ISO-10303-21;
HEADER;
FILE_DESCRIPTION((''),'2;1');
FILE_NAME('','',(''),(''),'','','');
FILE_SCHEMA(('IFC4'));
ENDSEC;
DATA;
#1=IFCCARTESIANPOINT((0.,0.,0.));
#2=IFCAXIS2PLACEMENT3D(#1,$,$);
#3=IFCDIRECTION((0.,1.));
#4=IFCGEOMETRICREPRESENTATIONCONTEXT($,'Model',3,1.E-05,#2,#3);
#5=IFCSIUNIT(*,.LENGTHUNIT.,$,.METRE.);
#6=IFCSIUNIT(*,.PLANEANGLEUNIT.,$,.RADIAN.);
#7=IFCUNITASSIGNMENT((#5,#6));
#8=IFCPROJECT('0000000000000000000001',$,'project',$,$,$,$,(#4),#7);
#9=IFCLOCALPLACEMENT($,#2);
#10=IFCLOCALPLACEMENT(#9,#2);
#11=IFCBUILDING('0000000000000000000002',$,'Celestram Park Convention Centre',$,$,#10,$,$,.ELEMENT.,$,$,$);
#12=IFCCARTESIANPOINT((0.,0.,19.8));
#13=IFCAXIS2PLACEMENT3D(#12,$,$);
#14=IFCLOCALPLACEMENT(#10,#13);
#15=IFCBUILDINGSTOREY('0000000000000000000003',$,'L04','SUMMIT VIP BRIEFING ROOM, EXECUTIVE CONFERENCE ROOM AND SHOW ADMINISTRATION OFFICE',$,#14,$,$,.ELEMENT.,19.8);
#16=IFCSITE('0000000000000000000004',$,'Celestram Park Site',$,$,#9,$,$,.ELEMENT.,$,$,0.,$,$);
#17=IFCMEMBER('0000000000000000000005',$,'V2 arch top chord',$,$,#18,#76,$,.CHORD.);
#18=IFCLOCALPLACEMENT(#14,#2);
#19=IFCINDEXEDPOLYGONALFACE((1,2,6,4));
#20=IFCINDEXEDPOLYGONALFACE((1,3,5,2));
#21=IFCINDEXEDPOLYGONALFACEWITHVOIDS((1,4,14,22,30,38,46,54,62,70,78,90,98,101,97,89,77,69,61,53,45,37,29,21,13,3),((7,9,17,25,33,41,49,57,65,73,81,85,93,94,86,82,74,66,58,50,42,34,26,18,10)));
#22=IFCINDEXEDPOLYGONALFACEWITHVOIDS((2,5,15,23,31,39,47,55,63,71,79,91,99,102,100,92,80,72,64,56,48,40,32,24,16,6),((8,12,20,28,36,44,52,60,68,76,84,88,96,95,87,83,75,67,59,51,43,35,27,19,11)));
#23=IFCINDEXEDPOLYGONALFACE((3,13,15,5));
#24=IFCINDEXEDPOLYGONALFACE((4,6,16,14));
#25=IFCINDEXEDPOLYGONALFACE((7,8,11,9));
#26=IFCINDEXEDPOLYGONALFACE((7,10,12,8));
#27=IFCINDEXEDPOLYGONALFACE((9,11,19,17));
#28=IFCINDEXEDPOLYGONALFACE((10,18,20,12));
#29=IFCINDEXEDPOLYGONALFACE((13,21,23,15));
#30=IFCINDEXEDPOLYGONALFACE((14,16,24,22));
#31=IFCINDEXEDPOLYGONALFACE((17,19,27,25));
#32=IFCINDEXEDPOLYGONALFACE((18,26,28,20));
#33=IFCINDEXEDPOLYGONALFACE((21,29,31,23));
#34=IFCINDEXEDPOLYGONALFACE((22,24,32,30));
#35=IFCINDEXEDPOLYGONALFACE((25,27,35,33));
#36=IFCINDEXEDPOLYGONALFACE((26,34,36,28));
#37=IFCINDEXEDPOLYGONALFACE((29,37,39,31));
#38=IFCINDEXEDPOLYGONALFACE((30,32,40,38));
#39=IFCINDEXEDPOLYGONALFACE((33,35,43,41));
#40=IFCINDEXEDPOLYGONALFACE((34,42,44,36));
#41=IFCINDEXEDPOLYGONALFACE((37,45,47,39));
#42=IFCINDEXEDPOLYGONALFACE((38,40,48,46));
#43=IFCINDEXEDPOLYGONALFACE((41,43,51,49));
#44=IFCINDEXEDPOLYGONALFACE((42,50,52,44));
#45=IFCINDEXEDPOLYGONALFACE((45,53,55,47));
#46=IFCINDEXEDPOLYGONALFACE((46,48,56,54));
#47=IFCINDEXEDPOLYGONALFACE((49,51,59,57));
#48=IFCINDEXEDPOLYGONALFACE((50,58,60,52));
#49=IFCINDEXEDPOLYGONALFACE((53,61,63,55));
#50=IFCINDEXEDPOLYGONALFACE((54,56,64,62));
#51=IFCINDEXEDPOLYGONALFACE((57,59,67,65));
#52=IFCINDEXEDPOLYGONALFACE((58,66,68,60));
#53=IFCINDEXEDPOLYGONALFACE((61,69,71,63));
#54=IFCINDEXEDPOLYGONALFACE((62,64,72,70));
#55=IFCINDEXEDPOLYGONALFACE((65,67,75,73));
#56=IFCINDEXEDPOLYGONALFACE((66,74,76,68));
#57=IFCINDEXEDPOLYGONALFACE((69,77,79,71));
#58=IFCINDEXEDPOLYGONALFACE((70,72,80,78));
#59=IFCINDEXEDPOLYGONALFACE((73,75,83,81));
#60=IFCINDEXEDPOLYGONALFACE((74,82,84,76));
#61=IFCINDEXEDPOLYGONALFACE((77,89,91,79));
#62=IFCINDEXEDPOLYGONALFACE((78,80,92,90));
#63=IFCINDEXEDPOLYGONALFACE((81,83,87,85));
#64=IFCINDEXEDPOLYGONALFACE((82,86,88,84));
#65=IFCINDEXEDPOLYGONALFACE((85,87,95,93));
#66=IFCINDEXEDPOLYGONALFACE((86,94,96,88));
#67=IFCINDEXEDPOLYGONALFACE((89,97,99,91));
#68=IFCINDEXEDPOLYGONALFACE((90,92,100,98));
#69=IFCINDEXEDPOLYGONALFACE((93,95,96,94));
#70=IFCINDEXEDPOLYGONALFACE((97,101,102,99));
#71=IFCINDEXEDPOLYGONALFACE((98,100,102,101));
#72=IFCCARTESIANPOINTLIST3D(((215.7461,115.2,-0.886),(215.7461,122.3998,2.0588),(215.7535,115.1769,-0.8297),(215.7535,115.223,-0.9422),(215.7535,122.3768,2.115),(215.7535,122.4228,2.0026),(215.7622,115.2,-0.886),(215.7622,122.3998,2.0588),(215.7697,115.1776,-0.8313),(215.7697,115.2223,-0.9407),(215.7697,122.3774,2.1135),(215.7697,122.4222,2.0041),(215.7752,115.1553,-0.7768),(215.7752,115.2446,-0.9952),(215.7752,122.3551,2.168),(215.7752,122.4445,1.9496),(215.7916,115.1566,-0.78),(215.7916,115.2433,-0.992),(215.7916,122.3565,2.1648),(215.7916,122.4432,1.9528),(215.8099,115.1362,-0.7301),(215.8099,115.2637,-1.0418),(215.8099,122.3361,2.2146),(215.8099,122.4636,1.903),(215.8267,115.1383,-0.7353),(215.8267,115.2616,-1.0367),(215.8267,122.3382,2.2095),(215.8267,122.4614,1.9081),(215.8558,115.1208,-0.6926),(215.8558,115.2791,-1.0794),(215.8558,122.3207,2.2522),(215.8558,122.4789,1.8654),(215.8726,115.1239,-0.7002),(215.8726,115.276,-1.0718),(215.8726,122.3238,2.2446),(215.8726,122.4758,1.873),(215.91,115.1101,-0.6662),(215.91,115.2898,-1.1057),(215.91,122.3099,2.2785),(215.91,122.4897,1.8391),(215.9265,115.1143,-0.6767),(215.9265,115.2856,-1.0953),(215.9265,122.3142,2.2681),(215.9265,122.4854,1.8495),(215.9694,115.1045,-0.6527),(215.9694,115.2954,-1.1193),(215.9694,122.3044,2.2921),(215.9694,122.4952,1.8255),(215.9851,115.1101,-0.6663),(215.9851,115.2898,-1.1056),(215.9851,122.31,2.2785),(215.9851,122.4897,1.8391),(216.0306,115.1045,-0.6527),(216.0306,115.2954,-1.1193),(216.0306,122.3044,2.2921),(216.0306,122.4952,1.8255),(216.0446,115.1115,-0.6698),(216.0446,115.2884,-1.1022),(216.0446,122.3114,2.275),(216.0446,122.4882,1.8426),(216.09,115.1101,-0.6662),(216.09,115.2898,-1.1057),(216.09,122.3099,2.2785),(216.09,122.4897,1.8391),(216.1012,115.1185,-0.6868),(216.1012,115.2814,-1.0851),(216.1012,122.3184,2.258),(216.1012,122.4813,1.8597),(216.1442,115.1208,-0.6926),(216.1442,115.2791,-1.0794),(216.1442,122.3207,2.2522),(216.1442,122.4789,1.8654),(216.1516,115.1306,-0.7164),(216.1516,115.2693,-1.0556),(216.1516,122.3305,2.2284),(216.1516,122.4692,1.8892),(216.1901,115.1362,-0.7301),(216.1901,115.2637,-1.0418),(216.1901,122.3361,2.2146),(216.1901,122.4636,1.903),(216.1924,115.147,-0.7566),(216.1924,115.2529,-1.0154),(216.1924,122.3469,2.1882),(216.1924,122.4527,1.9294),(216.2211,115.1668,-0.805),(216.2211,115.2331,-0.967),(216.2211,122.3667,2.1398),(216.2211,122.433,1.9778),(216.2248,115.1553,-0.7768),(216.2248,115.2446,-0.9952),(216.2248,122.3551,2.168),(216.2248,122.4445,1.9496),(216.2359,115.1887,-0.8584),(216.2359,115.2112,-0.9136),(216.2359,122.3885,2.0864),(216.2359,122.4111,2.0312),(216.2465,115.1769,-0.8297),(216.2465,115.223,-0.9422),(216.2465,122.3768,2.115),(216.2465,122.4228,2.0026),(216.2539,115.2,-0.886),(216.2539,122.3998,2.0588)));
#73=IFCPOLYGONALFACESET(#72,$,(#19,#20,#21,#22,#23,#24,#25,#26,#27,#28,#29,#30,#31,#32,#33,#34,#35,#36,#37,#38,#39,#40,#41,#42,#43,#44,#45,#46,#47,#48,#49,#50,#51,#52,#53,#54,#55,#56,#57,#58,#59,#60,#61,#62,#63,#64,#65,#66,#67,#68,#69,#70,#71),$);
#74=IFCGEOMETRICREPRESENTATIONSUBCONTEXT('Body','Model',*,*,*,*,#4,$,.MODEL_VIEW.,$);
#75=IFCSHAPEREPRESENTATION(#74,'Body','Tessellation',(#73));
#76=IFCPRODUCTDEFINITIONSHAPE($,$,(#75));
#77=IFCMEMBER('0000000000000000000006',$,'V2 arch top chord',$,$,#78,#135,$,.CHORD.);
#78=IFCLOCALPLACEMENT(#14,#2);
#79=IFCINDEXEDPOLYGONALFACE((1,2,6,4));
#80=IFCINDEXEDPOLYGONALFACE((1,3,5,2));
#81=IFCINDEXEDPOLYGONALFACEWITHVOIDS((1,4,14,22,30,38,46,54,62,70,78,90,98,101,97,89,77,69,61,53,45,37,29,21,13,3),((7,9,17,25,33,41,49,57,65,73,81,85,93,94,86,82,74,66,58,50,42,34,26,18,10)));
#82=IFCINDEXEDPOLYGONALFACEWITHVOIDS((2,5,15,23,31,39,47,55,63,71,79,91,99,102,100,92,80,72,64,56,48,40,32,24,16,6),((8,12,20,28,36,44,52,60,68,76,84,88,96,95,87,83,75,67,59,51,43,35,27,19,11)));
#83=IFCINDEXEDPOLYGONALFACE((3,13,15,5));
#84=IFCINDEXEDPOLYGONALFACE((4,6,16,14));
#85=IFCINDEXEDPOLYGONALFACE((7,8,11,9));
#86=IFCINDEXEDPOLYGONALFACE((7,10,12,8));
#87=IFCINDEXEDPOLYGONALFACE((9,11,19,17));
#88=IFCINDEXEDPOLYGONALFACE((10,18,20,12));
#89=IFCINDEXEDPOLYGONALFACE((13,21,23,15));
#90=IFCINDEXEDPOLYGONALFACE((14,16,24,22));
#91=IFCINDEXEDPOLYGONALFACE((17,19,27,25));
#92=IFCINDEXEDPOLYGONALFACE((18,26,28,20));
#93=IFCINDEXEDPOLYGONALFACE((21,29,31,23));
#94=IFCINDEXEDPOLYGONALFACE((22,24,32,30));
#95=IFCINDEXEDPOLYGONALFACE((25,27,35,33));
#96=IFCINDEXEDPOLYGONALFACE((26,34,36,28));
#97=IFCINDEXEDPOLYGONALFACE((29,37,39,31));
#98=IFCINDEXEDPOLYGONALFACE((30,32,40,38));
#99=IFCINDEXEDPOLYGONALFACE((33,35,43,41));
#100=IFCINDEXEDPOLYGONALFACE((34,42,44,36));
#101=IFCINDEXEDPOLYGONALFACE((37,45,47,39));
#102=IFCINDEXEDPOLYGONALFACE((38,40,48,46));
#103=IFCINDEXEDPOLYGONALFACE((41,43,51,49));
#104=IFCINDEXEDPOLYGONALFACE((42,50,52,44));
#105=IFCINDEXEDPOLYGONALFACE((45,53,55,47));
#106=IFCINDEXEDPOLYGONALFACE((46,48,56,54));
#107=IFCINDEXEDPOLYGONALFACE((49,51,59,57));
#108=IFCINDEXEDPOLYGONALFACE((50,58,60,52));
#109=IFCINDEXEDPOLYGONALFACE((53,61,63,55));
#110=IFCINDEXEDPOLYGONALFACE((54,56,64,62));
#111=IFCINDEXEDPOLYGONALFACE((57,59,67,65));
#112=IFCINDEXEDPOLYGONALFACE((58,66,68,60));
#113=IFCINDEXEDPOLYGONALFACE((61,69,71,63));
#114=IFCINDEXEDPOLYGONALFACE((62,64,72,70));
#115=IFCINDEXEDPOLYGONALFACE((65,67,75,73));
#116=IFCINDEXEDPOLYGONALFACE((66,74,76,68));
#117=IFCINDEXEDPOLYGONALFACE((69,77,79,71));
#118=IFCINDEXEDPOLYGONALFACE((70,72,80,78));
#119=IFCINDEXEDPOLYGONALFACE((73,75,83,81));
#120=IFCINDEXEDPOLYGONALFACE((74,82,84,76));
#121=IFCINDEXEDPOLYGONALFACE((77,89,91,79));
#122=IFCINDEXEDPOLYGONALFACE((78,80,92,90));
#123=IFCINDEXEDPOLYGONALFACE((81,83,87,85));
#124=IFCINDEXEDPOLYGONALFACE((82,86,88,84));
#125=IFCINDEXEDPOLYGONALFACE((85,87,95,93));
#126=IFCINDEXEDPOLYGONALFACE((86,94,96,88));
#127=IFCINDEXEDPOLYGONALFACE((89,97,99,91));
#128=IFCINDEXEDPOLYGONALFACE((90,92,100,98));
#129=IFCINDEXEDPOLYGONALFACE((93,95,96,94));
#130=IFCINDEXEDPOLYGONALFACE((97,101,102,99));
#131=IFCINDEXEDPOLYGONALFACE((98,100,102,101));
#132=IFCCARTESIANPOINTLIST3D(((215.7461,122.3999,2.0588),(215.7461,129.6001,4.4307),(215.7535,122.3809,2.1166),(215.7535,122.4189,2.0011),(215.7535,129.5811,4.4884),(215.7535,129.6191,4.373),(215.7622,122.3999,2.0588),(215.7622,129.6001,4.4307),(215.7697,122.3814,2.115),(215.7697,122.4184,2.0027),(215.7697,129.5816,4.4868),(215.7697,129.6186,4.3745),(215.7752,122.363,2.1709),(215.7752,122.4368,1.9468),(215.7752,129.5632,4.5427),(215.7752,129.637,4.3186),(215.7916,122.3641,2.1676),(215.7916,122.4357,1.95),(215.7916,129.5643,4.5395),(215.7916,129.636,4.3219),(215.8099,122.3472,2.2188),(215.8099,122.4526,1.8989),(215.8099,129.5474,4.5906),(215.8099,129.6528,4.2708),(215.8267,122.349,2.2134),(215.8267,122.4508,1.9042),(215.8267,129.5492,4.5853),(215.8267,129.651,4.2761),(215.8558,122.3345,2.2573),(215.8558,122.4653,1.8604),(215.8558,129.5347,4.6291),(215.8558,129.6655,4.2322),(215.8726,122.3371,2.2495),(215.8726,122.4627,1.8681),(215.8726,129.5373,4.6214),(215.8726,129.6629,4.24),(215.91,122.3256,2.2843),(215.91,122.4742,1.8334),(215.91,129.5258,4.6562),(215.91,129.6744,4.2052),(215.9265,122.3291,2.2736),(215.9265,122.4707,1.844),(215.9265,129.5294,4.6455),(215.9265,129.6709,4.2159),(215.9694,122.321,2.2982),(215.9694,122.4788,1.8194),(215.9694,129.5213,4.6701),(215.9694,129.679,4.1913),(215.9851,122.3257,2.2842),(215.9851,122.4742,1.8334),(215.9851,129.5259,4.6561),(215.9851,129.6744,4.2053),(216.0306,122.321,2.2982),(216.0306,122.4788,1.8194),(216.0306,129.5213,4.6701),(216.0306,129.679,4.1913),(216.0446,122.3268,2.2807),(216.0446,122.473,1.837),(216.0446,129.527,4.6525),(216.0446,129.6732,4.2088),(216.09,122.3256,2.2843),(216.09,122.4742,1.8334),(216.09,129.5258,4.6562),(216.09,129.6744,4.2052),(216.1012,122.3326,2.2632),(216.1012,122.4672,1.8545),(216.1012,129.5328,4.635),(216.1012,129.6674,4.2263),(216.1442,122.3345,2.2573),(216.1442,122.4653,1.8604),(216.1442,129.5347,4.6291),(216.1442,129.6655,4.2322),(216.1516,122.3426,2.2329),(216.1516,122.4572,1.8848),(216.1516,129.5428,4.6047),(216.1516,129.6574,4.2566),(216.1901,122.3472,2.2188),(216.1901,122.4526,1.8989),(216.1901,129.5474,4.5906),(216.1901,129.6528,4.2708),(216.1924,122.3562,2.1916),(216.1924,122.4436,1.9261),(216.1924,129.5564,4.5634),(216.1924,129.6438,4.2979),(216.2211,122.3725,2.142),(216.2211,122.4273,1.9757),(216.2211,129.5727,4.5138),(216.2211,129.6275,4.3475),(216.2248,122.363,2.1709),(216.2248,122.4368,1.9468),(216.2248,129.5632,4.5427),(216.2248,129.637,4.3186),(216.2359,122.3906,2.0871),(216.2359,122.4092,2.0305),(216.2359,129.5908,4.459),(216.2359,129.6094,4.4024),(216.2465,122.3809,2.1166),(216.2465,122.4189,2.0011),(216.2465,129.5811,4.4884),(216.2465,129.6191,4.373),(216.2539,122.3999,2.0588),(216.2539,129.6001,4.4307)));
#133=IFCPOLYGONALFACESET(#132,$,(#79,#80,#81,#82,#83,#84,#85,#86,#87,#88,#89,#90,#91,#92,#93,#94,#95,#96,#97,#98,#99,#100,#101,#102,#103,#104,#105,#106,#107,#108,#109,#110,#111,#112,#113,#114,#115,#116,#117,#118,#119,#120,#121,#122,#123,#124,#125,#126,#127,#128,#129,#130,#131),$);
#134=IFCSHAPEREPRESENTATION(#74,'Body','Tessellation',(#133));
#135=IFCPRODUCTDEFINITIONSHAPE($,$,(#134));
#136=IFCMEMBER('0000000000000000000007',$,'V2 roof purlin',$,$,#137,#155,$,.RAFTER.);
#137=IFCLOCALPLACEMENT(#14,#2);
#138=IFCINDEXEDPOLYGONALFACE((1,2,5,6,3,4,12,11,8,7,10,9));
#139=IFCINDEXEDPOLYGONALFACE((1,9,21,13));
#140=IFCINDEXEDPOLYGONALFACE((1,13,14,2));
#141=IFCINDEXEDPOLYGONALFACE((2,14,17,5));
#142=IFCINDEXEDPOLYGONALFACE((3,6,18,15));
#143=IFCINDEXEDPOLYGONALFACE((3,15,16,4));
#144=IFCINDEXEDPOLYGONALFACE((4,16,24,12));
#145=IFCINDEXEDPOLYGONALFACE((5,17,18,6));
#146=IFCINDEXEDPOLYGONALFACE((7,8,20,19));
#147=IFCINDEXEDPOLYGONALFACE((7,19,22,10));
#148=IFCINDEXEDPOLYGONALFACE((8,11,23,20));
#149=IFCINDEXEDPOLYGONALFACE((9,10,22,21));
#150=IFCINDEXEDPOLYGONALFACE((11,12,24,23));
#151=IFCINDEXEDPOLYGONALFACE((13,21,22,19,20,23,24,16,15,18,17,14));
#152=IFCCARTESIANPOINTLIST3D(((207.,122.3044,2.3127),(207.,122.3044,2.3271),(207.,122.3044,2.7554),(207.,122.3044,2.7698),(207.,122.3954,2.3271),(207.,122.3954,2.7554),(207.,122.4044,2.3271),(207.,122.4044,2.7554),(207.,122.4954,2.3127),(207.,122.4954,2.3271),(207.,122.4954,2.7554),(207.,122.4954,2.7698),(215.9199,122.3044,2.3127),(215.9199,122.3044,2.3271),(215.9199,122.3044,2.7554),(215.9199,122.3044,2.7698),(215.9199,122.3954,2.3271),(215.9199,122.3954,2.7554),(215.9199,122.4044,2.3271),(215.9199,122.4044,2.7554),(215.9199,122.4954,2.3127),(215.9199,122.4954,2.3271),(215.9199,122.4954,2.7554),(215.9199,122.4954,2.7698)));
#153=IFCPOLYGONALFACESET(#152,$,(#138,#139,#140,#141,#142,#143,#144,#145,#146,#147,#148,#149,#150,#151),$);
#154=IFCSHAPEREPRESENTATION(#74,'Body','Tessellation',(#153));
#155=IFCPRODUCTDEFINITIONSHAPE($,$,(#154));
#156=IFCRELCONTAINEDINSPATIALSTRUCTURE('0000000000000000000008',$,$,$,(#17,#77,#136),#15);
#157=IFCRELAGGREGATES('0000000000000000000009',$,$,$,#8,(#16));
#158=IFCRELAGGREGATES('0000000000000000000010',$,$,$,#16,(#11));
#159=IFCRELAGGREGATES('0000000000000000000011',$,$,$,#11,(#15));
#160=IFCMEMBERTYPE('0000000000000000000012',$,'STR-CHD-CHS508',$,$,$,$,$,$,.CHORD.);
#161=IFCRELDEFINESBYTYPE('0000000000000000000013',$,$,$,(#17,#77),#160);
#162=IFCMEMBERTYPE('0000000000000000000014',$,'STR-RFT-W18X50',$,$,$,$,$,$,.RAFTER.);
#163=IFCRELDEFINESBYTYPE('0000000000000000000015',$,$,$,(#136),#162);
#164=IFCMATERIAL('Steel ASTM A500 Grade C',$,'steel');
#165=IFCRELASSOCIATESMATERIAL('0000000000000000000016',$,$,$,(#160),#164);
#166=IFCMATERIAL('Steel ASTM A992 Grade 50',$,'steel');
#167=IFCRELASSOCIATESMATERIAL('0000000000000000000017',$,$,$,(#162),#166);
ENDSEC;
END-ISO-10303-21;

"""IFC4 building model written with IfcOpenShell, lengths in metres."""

from ifc_helpers import new_model, si_unit, direction, frame, origin, origin_2d, place, context, subcontext, project, spatial, hollow_circle, i_section, extrude, material, material_profile, profile_set, type_object, element, save


model = new_model("IFC4")

# Units and contexts
model_context = context("Model", 3, precision=1e-05, world=origin(), true_north=direction((0.0, 1.0)))
body_context = subcontext(model_context, "Body", "Model", "MODEL_VIEW")
ifc_project = project(units=[si_unit("LENGTHUNIT", "METRE"), si_unit("PLANEANGLEUNIT", "RADIAN")], contexts=[model_context])

# Site, building, storey
site_placement = place(None, origin())
site = spatial("IfcSite", under=ifc_project, at=site_placement, Name="Celestram Park Site", CompositionType="ELEMENT", RefElevation=0.0)
building_placement = place(site_placement, origin())
building = spatial("IfcBuilding", under=site, at=building_placement, Name="Celestram Park Convention Centre", CompositionType="ELEMENT")
storey_placement = place(building_placement, frame((0.0, 0.0, 19.8)))
storey = spatial("IfcBuildingStorey", under=building, at=storey_placement, Name="L04", Description="SUMMIT VIP BRIEFING ROOM, EXECUTIVE CONFERENCE ROOM AND SHOW ADMINISTRATION OFFICE", CompositionType="ELEMENT", Elevation=19.8)

# Members
ifc_material_1 = material(Name="Steel ASTM A500 Grade C", Category="steel")
ifc_material_profile_1 = material_profile(ifc_material_1, hollow_circle(Radius=0.2539, WallThickness=0.0161, at=origin_2d()), Name="CHS508X16")
ifc_profile_set_1 = profile_set([ifc_material_profile_1], Name="Steel ASTM A500 Grade C")
member_type_1 = type_object("IfcMemberType", Name="STR-CHD-CHS508", PredefinedType="CHORD", material=ifc_profile_set_1)
member_1_placement = place(storey_placement, frame((216.0, 115.2, -0.886), z_axis=(0.0, 0.925574, 0.378566), x_axis=(-1.0, 0.0, 0.0)))
element("IfcMember", 1, at=member_1_placement, inside=storey, type_object=member_type_1, Name="V2 arch top chord", PredefinedType="CHORD", context=body_context, shape_type="SweptSolid", body=[
    extrude(hollow_circle(Radius=0.2539, WallThickness=0.0161, at=origin_2d()), origin(), (0.0, 0.0, 1.0), 7.7788),
])
member_2_placement = place(storey_placement, frame((216.0, 122.3999, 2.0588), z_axis=(0.0, 0.949795, 0.312873), x_axis=(-1.0, 0.0, 0.0)))
element("IfcMember", 2, at=member_2_placement, inside=storey, type_object=member_type_1, Name="V2 arch top chord", PredefinedType="CHORD", context=body_context, shape_type="SweptSolid", body=[
    extrude(hollow_circle(Radius=0.2539, WallThickness=0.0161, at=origin_2d()), origin(), (0.0, 0.0, 1.0), 7.5808),
])
ifc_material_2 = material(Name="Steel ASTM A992 Grade 50", Category="steel")
ifc_material_profile_2 = material_profile(ifc_material_2, i_section(OverallWidth=0.1909, OverallDepth=0.457, WebThickness=0.009, FlangeThickness=0.0144, at=origin_2d()), Name="W18X50")
ifc_profile_set_2 = profile_set([ifc_material_profile_2], Name="Steel ASTM A992 Grade 50")
member_type_2 = type_object("IfcMemberType", Name="STR-RFT-W18X50", PredefinedType="RAFTER", material=ifc_profile_set_2)
member_3_placement = place(storey_placement, frame((207.0, 122.3999, 2.5413), z_axis=(1.0, 0.0, 0.0), x_axis=(0.0, 1.0, 0.0)))
element("IfcMember", 3, at=member_3_placement, inside=storey, type_object=member_type_2, Name="V2 roof purlin", PredefinedType="RAFTER", context=body_context, shape_type="SweptSolid", body=[
    extrude(i_section(OverallWidth=0.1909, OverallDepth=0.457, WebThickness=0.009, FlangeThickness=0.0144, at=origin_2d()), origin(), (0.0, 0.0, 1.0), 8.9199),
])

save(model, "model.ifc")
